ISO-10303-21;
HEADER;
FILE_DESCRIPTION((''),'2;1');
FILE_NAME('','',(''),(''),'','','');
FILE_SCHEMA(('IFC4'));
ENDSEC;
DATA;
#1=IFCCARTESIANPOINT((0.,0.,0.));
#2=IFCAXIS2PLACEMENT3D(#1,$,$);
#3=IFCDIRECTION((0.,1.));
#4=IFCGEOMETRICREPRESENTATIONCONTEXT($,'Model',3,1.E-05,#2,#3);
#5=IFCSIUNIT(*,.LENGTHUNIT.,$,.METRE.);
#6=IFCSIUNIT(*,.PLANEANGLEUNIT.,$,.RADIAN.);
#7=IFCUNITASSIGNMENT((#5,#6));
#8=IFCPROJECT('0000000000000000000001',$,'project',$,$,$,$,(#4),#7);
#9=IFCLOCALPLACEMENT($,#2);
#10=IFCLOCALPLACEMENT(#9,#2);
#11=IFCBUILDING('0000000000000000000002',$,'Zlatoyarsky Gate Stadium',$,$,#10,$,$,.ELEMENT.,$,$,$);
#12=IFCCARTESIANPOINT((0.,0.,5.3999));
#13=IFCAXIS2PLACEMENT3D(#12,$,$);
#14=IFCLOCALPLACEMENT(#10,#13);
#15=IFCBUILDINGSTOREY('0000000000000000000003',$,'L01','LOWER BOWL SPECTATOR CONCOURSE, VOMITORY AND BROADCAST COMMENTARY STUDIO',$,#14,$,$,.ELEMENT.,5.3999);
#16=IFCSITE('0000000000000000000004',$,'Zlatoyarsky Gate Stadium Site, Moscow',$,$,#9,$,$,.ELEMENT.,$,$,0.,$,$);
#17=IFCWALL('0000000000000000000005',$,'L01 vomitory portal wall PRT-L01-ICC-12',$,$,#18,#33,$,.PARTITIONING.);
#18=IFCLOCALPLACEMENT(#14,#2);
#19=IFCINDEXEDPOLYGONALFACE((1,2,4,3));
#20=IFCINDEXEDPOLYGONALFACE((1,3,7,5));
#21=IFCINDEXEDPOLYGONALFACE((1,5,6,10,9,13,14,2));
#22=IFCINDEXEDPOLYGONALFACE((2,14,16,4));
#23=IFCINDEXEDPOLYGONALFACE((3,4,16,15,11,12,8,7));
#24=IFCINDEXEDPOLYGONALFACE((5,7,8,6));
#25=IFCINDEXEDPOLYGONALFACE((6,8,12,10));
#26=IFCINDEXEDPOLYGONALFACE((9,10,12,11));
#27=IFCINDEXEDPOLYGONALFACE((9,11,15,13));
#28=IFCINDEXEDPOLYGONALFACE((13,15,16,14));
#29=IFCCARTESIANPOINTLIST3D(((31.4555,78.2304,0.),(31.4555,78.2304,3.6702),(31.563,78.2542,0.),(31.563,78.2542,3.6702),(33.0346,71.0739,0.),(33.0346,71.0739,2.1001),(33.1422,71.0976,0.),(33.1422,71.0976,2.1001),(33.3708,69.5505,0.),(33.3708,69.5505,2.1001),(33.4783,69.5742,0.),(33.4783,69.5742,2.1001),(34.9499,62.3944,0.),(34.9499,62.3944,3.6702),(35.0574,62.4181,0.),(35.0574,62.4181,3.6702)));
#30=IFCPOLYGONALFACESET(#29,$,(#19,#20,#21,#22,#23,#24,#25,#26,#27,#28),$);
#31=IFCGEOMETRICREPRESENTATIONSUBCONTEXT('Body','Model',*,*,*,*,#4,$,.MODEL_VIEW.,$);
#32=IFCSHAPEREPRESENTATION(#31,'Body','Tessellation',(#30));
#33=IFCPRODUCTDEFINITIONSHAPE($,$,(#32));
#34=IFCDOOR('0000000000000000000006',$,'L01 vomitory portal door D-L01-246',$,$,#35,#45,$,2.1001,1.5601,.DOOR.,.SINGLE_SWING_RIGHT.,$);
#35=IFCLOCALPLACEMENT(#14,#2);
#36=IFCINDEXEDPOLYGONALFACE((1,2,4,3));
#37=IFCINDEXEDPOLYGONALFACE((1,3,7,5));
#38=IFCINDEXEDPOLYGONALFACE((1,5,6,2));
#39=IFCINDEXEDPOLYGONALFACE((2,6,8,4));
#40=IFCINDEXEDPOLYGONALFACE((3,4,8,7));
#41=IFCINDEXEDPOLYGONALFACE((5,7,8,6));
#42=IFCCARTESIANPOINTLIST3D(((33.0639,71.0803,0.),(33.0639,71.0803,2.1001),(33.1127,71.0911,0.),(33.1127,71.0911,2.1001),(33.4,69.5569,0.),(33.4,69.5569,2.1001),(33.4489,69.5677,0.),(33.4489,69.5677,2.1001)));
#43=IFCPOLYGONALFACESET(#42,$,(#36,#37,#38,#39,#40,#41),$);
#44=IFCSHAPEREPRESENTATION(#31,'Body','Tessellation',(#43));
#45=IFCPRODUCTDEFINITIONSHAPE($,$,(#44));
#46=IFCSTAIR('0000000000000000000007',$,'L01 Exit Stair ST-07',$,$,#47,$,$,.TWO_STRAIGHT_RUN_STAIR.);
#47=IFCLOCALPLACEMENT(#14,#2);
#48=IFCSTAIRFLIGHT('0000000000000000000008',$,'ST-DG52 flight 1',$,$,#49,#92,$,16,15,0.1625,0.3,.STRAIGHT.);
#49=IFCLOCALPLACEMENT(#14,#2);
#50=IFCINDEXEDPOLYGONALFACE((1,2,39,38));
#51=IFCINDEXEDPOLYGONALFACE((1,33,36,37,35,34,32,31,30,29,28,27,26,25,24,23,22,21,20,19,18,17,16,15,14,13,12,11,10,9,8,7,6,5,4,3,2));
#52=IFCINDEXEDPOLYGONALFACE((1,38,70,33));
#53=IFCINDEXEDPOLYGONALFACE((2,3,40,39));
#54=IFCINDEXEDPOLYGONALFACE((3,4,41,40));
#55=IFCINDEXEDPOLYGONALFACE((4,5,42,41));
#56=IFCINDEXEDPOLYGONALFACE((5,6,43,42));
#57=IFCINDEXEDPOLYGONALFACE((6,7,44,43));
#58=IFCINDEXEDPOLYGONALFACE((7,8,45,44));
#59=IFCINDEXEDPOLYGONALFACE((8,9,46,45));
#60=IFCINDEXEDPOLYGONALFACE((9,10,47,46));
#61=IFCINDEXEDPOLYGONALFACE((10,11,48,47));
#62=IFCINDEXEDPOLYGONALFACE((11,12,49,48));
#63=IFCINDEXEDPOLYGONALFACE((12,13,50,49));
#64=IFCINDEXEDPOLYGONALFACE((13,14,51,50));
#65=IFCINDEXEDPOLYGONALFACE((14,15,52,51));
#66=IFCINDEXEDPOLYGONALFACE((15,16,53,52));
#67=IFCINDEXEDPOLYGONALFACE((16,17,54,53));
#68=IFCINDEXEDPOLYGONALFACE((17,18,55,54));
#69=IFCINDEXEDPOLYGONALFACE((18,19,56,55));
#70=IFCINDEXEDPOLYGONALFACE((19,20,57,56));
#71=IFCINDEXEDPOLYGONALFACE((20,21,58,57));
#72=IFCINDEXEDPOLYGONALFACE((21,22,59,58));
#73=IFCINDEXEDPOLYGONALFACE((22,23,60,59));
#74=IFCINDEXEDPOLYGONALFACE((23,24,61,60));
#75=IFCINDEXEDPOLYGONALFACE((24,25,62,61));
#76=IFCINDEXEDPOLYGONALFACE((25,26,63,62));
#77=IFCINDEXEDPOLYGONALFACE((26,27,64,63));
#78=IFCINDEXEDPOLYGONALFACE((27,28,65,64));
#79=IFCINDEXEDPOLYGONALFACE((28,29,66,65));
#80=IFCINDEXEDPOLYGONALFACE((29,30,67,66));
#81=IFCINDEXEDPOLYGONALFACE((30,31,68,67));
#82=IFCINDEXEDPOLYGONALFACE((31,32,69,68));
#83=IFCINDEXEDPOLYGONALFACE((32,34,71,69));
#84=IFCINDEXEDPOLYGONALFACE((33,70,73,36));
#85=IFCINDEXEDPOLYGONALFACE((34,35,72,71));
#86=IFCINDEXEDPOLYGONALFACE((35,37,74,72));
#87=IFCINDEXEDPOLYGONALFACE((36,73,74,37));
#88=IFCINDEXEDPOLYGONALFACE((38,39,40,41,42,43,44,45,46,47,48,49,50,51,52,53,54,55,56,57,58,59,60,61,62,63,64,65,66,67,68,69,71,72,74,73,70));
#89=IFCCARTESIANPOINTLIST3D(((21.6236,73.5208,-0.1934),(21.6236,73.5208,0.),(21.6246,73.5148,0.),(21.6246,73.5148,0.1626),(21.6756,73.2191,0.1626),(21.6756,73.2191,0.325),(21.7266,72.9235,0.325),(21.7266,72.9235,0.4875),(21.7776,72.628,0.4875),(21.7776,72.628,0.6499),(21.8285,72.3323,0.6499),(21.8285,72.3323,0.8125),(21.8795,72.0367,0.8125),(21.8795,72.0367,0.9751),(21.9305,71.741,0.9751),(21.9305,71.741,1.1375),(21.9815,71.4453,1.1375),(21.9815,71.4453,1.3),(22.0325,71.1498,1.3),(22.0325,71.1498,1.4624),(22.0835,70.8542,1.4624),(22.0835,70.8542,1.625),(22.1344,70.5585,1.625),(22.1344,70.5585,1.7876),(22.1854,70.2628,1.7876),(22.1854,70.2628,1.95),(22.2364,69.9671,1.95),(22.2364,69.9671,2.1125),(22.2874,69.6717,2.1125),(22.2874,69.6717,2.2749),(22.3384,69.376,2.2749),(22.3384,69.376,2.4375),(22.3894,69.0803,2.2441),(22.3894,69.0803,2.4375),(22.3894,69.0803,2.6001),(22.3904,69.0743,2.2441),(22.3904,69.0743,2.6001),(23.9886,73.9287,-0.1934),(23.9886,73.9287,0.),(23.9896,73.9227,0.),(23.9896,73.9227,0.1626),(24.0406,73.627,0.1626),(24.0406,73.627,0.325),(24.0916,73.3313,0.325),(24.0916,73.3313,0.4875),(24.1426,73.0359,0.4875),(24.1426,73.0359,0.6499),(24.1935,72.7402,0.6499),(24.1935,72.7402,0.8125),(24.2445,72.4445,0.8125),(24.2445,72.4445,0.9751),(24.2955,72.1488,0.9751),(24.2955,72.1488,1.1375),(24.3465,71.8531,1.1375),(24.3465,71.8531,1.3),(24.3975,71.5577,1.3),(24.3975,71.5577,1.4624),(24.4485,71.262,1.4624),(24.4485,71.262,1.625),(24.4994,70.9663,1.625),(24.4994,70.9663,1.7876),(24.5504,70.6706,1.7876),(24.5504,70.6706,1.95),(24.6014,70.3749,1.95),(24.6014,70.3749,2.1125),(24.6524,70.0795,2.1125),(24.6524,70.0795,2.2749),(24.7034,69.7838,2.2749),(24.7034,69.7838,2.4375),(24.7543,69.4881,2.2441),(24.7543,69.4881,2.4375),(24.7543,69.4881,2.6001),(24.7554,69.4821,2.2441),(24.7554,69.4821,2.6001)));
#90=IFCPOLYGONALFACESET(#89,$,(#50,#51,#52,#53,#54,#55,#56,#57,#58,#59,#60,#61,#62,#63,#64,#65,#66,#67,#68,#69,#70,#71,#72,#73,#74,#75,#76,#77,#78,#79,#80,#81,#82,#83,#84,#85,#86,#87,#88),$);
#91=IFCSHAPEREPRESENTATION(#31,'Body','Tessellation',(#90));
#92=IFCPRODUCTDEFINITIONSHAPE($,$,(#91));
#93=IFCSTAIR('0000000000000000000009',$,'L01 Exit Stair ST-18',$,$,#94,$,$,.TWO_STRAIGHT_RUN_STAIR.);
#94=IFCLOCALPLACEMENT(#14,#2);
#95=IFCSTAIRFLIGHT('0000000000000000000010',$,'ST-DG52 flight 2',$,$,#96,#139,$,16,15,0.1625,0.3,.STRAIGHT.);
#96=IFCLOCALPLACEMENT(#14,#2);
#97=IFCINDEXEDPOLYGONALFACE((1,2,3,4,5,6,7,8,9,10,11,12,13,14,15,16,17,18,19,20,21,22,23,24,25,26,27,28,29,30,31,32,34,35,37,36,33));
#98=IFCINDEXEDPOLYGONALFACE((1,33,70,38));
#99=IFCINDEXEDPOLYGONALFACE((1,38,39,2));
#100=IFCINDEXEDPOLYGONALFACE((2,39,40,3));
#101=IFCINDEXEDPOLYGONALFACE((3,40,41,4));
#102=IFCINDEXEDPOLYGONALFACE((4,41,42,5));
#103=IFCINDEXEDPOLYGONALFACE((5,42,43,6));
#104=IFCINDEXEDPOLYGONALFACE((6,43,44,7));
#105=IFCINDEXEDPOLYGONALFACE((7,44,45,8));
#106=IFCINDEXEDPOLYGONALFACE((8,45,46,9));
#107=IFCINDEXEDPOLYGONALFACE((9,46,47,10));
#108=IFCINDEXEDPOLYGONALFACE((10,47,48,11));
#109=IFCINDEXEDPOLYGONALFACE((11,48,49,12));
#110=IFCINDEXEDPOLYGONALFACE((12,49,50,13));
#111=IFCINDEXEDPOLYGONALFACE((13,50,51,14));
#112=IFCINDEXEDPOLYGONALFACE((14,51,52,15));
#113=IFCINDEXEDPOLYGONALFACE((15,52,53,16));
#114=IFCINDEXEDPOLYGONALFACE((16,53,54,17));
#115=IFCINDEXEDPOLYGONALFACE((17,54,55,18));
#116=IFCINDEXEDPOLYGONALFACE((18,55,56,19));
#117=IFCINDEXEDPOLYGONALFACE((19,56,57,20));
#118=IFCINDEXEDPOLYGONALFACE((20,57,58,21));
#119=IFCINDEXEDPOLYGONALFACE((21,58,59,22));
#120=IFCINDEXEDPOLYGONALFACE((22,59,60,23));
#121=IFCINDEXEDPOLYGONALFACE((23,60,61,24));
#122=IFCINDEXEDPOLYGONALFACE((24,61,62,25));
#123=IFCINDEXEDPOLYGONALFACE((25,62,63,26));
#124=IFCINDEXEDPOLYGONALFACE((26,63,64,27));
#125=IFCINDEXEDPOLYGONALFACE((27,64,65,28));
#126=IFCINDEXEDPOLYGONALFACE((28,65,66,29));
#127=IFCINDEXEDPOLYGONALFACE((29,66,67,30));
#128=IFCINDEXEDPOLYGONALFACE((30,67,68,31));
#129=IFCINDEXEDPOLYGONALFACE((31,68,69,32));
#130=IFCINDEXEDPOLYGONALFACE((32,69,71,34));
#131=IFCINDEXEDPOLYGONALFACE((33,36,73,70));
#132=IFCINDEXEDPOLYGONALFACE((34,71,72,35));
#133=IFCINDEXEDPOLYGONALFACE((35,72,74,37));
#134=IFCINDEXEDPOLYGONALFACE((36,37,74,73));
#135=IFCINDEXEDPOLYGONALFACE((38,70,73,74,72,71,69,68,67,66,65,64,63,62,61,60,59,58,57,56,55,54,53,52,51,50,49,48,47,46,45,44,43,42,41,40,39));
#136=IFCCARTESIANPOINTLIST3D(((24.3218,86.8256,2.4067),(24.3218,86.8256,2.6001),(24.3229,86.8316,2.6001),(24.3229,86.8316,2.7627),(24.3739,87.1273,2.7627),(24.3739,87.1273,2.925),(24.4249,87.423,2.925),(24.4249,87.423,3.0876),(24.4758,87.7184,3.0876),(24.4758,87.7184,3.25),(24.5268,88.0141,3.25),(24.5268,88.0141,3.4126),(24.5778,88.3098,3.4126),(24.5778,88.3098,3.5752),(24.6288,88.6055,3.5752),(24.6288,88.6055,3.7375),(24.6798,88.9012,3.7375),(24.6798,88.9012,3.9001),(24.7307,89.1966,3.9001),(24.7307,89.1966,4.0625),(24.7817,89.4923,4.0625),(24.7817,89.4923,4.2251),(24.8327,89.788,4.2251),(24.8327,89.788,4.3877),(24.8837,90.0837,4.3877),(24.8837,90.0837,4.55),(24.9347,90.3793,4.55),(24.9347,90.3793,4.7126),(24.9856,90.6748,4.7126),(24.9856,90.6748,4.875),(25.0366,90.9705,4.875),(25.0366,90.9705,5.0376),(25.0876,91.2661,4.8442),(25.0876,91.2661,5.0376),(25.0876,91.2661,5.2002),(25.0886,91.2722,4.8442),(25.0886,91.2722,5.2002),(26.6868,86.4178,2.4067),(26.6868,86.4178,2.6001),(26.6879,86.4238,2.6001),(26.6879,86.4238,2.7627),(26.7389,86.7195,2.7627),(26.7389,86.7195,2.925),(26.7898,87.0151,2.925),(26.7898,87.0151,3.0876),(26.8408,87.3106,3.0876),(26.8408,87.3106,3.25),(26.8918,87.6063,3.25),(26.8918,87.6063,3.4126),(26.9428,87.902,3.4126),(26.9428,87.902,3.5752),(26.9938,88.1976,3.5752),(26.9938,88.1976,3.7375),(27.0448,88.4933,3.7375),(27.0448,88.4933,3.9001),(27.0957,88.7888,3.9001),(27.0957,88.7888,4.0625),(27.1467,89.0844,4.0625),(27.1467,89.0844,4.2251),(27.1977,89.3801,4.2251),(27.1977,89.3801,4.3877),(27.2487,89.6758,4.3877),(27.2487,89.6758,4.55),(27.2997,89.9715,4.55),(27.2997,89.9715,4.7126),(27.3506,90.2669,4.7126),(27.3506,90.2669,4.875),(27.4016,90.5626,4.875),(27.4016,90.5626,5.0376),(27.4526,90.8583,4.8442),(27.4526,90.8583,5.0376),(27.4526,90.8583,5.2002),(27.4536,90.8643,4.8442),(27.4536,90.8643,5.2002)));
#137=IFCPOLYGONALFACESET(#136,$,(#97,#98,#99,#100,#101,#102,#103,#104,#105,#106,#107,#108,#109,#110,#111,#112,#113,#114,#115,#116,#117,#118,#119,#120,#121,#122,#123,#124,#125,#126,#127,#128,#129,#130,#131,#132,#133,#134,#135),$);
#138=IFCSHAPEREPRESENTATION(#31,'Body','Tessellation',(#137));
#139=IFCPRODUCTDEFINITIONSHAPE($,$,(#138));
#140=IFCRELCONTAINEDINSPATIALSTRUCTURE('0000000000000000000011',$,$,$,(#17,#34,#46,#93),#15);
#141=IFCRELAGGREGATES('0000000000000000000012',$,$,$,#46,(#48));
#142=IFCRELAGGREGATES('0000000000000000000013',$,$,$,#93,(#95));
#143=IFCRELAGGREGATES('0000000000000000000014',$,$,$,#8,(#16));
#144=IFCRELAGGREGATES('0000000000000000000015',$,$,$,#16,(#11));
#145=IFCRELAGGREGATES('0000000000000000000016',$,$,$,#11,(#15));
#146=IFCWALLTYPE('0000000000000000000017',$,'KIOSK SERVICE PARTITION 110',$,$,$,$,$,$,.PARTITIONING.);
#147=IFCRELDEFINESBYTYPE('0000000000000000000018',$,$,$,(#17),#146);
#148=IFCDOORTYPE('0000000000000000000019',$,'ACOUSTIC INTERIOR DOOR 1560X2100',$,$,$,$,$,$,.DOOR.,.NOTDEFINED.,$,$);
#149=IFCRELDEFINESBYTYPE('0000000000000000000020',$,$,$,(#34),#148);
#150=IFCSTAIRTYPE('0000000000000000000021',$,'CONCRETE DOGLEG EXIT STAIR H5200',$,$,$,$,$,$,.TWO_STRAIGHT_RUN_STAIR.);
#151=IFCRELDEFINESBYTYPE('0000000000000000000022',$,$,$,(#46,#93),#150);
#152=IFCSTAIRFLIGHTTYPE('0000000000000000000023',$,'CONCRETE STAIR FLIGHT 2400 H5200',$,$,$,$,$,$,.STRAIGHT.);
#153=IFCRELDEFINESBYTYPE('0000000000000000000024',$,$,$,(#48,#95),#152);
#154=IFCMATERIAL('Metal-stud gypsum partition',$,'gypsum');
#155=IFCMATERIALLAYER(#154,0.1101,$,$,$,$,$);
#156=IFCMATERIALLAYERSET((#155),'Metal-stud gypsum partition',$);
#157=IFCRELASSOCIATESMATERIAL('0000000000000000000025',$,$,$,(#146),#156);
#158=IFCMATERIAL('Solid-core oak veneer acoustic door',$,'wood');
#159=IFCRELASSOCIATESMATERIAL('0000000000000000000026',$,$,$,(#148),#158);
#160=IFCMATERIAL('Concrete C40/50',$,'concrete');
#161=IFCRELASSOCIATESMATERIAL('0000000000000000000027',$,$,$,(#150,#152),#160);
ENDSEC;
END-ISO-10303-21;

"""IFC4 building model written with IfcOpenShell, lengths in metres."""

from ifc_helpers import new_model, si_unit, direction, frame, frame_2d, origin, place, context, subcontext, project, spatial, polyline, rectangle, outline, extrude, material, layer, layer_set, type_object, element, fill, aggregate, save


model = new_model("IFC4")

# Units and contexts
model_context = context("Model", 3, precision=1e-05, world=origin(), true_north=direction((0.0, 1.0)))
body_context = subcontext(model_context, "Body", "Model", "MODEL_VIEW")
ifc_project = project(units=[si_unit("LENGTHUNIT", "METRE"), si_unit("PLANEANGLEUNIT", "RADIAN")], contexts=[model_context])

# Site, building, storey
site_placement = place(None, origin())
site = spatial("IfcSite", under=ifc_project, at=site_placement, Name="Zlatoyarsky Gate Stadium Site, Moscow", CompositionType="ELEMENT", RefElevation=0.0)
building_placement = place(site_placement, origin())
building = spatial("IfcBuilding", under=site, at=building_placement, Name="Zlatoyarsky Gate Stadium", CompositionType="ELEMENT")
storey_placement = place(building_placement, frame((0.0, 0.0, 5.3999)))
storey = spatial("IfcBuildingStorey", under=building, at=storey_placement, Name="L01", Description="LOWER BOWL SPECTATOR CONCOURSE, VOMITORY AND BROADCAST COMMENTARY STUDIO", CompositionType="ELEMENT", Elevation=5.3999)

# Shared definitions
ifc_material_1 = material(Name="Concrete C40/50", Category="concrete")

# Wall, opening, door
ifc_material_2 = material(Name="Metal-stud gypsum partition", Category="gypsum")
ifc_layer_1 = layer(ifc_material_2, 0.1101)
ifc_layer_set_1 = layer_set([ifc_layer_1], Name="Metal-stud gypsum partition")
wall_type_1 = type_object("IfcWallType", Name="KIOSK SERVICE PARTITION 110", PredefinedType="PARTITIONING", material=ifc_layer_set_1)
wall_1_placement = place(storey_placement, frame((31.5093, 78.2422, 0.0), z_axis=(0.0, 0.0, 1.0), x_axis=(0.215475, -0.976509, 0.0)))
wall_1 = element("IfcWall", 1, at=wall_1_placement, inside=storey, type_object=wall_type_1, Name="L01 vomitory portal wall PRT-L01-ICC-12", PredefinedType="PARTITIONING", context=body_context, shape_type="SweptSolid", body=[
    extrude(rectangle(XDim=16.217, YDim=0.1101, at=frame_2d((8.1084, 0.0))), origin(), (0.0, 0.0, 1.0), 3.6702),
])
opening_1_placement = place(wall_1_placement, frame((7.3286, 0.0, 0.0)))
opening_1 = element("IfcOpeningElement", 2, at=opening_1_placement, cuts=wall_1, PredefinedType="OPENING", context=body_context, shape_type="SweptSolid", body=[
    extrude(rectangle(XDim=1.5601, YDim=2.1001, at=frame_2d((0.78, 1.05))), frame((0.0, 0.0649, 0.0), z_axis=(0.0, -1.0, 0.0), x_axis=(1.0, 0.0, 0.0)), (0.0, 0.0, 1.0), 0.1301),
])
ifc_material_3 = material(Name="Solid-core oak veneer acoustic door", Category="wood")
door_type_1 = type_object("IfcDoorType", Name="ACOUSTIC INTERIOR DOOR 1560X2100", OperationType="NOTDEFINED", PredefinedType="DOOR", material=ifc_material_3)
door_1_placement = place(opening_1_placement, origin())
door_1 = element("IfcDoor", 3, at=door_1_placement, inside=storey, type_object=door_type_1, Name="L01 vomitory portal door D-L01-246", OperationType="SINGLE_SWING_RIGHT", OverallHeight=2.1001, OverallWidth=1.5601, PredefinedType="DOOR", context=body_context, shape_type="SweptSolid", body=[
    extrude(rectangle(XDim=1.5601, YDim=2.1001, at=frame_2d((0.78, 1.05))), frame((0.0, 0.0249, 0.0), z_axis=(0.0, -1.0, 0.0), x_axis=(1.0, 0.0, 0.0)), (0.0, 0.0, 1.0), 0.05),
])
fill(opening_1, door_1)

# Stairs, stair flights
stair_type = type_object("IfcStairType", Name="CONCRETE DOGLEG EXIT STAIR H5200", PredefinedType="TWO_STRAIGHT_RUN_STAIR", material=ifc_material_1)
stair_1_placement = place(storey_placement, origin())
stair_1 = element("IfcStair", 4, at=stair_1_placement, inside=storey, type_object=stair_type, Name="L01 Exit Stair ST-07", PredefinedType="TWO_STRAIGHT_RUN_STAIR")
stair_flight_type = type_object("IfcStairFlightType", Name="CONCRETE STAIR FLIGHT 2400 H5200", PredefinedType="STRAIGHT", material=ifc_material_1)
stair_flight_1_placement = place(storey_placement, frame((22.8071, 73.7188, 0.0), z_axis=(0.0, 0.0, 1.0), x_axis=(0.169938, -0.985455, 0.0)))
stair_flight_1 = element("IfcStairFlight", 5, at=stair_flight_1_placement, type_object=stair_flight_type, Name="ST-DG52 flight 1", NumberOfRisers=16, NumberOfTreads=15, PredefinedType="STRAIGHT", RiserHeight=0.1625, TreadLength=0.3, context=body_context, shape_type="SweptSolid", body=[
    extrude(outline(polyline([(-0.0061, -0.1934), (-0.0061, 0.0), (0.0, 0.0), (0.0, 0.1626), (0.3, 0.1626), (0.3, 0.325), (0.6001, 0.325), (0.6001, 0.4875), (0.8999, 0.4875), (0.8999, 0.6499), (1.2, 0.6499), (1.2, 0.8125), (1.5, 0.8125), (1.5, 0.9751), (1.8, 0.9751), (1.8, 1.1375), (2.1001, 1.1375), (2.1001, 1.3), (2.3999, 1.3), (2.3999, 1.4624), (2.7, 1.4624), (2.7, 1.625), (3.0, 1.625), (3.0, 1.7876), (3.3, 1.7876), (3.3, 1.95), (3.6001, 1.95), (3.6001, 2.1125), (3.8999, 2.1125), (3.8999, 2.2749), (4.2, 2.2749), (4.2, 2.4375), (4.5, 2.4375), (4.5, 2.6001), (4.5061, 2.6001), (4.5061, 2.2441), (4.5, 2.2441), (-0.0061, -0.1934)])), frame((0.0, 1.2, 0.0), z_axis=(0.0, -1.0, 0.0), x_axis=(1.0, 0.0, 0.0)), (0.0, 0.0, 1.0), 2.3999),
])
aggregate(stair_1, [stair_flight_1])
stair_2_placement = place(storey_placement, origin())
stair_2 = element("IfcStair", 6, at=stair_2_placement, inside=storey, type_object=stair_type, Name="L01 Exit Stair ST-18", PredefinedType="TWO_STRAIGHT_RUN_STAIR")
stair_flight_2_placement = place(storey_placement, frame((25.5054, 86.6277, 2.6001), z_axis=(0.0, 0.0, 1.0), x_axis=(0.169938, 0.985455, 0.0)))
stair_flight_2 = element("IfcStairFlight", 7, at=stair_flight_2_placement, type_object=stair_flight_type, Name="ST-DG52 flight 2", NumberOfRisers=16, NumberOfTreads=15, PredefinedType="STRAIGHT", RiserHeight=0.1625, TreadLength=0.3, context=body_context, shape_type="SweptSolid", body=[
    extrude(outline(polyline([(-0.0061, -0.1934), (-0.0061, 0.0), (0.0, 0.0), (0.0, 0.1626), (0.3, 0.1626), (0.3, 0.325), (0.6001, 0.325), (0.6001, 0.4875), (0.8999, 0.4875), (0.8999, 0.6499), (1.2, 0.6499), (1.2, 0.8125), (1.5, 0.8125), (1.5, 0.9751), (1.8, 0.9751), (1.8, 1.1375), (2.1001, 1.1375), (2.1001, 1.3), (2.3999, 1.3), (2.3999, 1.4624), (2.7, 1.4624), (2.7, 1.625), (3.0, 1.625), (3.0, 1.7876), (3.3, 1.7876), (3.3, 1.95), (3.6001, 1.95), (3.6001, 2.1125), (3.8999, 2.1125), (3.8999, 2.2749), (4.2, 2.2749), (4.2, 2.4375), (4.5, 2.4375), (4.5, 2.6001), (4.5061, 2.6001), (4.5061, 2.2441), (4.5, 2.2441), (-0.0061, -0.1934)])), frame((0.0, 1.2, 0.0), z_axis=(0.0, -1.0, 0.0), x_axis=(1.0, 0.0, 0.0)), (0.0, 0.0, 1.0), 2.3999),
])
aggregate(stair_2, [stair_flight_2])

save(model, "model.ifc")
